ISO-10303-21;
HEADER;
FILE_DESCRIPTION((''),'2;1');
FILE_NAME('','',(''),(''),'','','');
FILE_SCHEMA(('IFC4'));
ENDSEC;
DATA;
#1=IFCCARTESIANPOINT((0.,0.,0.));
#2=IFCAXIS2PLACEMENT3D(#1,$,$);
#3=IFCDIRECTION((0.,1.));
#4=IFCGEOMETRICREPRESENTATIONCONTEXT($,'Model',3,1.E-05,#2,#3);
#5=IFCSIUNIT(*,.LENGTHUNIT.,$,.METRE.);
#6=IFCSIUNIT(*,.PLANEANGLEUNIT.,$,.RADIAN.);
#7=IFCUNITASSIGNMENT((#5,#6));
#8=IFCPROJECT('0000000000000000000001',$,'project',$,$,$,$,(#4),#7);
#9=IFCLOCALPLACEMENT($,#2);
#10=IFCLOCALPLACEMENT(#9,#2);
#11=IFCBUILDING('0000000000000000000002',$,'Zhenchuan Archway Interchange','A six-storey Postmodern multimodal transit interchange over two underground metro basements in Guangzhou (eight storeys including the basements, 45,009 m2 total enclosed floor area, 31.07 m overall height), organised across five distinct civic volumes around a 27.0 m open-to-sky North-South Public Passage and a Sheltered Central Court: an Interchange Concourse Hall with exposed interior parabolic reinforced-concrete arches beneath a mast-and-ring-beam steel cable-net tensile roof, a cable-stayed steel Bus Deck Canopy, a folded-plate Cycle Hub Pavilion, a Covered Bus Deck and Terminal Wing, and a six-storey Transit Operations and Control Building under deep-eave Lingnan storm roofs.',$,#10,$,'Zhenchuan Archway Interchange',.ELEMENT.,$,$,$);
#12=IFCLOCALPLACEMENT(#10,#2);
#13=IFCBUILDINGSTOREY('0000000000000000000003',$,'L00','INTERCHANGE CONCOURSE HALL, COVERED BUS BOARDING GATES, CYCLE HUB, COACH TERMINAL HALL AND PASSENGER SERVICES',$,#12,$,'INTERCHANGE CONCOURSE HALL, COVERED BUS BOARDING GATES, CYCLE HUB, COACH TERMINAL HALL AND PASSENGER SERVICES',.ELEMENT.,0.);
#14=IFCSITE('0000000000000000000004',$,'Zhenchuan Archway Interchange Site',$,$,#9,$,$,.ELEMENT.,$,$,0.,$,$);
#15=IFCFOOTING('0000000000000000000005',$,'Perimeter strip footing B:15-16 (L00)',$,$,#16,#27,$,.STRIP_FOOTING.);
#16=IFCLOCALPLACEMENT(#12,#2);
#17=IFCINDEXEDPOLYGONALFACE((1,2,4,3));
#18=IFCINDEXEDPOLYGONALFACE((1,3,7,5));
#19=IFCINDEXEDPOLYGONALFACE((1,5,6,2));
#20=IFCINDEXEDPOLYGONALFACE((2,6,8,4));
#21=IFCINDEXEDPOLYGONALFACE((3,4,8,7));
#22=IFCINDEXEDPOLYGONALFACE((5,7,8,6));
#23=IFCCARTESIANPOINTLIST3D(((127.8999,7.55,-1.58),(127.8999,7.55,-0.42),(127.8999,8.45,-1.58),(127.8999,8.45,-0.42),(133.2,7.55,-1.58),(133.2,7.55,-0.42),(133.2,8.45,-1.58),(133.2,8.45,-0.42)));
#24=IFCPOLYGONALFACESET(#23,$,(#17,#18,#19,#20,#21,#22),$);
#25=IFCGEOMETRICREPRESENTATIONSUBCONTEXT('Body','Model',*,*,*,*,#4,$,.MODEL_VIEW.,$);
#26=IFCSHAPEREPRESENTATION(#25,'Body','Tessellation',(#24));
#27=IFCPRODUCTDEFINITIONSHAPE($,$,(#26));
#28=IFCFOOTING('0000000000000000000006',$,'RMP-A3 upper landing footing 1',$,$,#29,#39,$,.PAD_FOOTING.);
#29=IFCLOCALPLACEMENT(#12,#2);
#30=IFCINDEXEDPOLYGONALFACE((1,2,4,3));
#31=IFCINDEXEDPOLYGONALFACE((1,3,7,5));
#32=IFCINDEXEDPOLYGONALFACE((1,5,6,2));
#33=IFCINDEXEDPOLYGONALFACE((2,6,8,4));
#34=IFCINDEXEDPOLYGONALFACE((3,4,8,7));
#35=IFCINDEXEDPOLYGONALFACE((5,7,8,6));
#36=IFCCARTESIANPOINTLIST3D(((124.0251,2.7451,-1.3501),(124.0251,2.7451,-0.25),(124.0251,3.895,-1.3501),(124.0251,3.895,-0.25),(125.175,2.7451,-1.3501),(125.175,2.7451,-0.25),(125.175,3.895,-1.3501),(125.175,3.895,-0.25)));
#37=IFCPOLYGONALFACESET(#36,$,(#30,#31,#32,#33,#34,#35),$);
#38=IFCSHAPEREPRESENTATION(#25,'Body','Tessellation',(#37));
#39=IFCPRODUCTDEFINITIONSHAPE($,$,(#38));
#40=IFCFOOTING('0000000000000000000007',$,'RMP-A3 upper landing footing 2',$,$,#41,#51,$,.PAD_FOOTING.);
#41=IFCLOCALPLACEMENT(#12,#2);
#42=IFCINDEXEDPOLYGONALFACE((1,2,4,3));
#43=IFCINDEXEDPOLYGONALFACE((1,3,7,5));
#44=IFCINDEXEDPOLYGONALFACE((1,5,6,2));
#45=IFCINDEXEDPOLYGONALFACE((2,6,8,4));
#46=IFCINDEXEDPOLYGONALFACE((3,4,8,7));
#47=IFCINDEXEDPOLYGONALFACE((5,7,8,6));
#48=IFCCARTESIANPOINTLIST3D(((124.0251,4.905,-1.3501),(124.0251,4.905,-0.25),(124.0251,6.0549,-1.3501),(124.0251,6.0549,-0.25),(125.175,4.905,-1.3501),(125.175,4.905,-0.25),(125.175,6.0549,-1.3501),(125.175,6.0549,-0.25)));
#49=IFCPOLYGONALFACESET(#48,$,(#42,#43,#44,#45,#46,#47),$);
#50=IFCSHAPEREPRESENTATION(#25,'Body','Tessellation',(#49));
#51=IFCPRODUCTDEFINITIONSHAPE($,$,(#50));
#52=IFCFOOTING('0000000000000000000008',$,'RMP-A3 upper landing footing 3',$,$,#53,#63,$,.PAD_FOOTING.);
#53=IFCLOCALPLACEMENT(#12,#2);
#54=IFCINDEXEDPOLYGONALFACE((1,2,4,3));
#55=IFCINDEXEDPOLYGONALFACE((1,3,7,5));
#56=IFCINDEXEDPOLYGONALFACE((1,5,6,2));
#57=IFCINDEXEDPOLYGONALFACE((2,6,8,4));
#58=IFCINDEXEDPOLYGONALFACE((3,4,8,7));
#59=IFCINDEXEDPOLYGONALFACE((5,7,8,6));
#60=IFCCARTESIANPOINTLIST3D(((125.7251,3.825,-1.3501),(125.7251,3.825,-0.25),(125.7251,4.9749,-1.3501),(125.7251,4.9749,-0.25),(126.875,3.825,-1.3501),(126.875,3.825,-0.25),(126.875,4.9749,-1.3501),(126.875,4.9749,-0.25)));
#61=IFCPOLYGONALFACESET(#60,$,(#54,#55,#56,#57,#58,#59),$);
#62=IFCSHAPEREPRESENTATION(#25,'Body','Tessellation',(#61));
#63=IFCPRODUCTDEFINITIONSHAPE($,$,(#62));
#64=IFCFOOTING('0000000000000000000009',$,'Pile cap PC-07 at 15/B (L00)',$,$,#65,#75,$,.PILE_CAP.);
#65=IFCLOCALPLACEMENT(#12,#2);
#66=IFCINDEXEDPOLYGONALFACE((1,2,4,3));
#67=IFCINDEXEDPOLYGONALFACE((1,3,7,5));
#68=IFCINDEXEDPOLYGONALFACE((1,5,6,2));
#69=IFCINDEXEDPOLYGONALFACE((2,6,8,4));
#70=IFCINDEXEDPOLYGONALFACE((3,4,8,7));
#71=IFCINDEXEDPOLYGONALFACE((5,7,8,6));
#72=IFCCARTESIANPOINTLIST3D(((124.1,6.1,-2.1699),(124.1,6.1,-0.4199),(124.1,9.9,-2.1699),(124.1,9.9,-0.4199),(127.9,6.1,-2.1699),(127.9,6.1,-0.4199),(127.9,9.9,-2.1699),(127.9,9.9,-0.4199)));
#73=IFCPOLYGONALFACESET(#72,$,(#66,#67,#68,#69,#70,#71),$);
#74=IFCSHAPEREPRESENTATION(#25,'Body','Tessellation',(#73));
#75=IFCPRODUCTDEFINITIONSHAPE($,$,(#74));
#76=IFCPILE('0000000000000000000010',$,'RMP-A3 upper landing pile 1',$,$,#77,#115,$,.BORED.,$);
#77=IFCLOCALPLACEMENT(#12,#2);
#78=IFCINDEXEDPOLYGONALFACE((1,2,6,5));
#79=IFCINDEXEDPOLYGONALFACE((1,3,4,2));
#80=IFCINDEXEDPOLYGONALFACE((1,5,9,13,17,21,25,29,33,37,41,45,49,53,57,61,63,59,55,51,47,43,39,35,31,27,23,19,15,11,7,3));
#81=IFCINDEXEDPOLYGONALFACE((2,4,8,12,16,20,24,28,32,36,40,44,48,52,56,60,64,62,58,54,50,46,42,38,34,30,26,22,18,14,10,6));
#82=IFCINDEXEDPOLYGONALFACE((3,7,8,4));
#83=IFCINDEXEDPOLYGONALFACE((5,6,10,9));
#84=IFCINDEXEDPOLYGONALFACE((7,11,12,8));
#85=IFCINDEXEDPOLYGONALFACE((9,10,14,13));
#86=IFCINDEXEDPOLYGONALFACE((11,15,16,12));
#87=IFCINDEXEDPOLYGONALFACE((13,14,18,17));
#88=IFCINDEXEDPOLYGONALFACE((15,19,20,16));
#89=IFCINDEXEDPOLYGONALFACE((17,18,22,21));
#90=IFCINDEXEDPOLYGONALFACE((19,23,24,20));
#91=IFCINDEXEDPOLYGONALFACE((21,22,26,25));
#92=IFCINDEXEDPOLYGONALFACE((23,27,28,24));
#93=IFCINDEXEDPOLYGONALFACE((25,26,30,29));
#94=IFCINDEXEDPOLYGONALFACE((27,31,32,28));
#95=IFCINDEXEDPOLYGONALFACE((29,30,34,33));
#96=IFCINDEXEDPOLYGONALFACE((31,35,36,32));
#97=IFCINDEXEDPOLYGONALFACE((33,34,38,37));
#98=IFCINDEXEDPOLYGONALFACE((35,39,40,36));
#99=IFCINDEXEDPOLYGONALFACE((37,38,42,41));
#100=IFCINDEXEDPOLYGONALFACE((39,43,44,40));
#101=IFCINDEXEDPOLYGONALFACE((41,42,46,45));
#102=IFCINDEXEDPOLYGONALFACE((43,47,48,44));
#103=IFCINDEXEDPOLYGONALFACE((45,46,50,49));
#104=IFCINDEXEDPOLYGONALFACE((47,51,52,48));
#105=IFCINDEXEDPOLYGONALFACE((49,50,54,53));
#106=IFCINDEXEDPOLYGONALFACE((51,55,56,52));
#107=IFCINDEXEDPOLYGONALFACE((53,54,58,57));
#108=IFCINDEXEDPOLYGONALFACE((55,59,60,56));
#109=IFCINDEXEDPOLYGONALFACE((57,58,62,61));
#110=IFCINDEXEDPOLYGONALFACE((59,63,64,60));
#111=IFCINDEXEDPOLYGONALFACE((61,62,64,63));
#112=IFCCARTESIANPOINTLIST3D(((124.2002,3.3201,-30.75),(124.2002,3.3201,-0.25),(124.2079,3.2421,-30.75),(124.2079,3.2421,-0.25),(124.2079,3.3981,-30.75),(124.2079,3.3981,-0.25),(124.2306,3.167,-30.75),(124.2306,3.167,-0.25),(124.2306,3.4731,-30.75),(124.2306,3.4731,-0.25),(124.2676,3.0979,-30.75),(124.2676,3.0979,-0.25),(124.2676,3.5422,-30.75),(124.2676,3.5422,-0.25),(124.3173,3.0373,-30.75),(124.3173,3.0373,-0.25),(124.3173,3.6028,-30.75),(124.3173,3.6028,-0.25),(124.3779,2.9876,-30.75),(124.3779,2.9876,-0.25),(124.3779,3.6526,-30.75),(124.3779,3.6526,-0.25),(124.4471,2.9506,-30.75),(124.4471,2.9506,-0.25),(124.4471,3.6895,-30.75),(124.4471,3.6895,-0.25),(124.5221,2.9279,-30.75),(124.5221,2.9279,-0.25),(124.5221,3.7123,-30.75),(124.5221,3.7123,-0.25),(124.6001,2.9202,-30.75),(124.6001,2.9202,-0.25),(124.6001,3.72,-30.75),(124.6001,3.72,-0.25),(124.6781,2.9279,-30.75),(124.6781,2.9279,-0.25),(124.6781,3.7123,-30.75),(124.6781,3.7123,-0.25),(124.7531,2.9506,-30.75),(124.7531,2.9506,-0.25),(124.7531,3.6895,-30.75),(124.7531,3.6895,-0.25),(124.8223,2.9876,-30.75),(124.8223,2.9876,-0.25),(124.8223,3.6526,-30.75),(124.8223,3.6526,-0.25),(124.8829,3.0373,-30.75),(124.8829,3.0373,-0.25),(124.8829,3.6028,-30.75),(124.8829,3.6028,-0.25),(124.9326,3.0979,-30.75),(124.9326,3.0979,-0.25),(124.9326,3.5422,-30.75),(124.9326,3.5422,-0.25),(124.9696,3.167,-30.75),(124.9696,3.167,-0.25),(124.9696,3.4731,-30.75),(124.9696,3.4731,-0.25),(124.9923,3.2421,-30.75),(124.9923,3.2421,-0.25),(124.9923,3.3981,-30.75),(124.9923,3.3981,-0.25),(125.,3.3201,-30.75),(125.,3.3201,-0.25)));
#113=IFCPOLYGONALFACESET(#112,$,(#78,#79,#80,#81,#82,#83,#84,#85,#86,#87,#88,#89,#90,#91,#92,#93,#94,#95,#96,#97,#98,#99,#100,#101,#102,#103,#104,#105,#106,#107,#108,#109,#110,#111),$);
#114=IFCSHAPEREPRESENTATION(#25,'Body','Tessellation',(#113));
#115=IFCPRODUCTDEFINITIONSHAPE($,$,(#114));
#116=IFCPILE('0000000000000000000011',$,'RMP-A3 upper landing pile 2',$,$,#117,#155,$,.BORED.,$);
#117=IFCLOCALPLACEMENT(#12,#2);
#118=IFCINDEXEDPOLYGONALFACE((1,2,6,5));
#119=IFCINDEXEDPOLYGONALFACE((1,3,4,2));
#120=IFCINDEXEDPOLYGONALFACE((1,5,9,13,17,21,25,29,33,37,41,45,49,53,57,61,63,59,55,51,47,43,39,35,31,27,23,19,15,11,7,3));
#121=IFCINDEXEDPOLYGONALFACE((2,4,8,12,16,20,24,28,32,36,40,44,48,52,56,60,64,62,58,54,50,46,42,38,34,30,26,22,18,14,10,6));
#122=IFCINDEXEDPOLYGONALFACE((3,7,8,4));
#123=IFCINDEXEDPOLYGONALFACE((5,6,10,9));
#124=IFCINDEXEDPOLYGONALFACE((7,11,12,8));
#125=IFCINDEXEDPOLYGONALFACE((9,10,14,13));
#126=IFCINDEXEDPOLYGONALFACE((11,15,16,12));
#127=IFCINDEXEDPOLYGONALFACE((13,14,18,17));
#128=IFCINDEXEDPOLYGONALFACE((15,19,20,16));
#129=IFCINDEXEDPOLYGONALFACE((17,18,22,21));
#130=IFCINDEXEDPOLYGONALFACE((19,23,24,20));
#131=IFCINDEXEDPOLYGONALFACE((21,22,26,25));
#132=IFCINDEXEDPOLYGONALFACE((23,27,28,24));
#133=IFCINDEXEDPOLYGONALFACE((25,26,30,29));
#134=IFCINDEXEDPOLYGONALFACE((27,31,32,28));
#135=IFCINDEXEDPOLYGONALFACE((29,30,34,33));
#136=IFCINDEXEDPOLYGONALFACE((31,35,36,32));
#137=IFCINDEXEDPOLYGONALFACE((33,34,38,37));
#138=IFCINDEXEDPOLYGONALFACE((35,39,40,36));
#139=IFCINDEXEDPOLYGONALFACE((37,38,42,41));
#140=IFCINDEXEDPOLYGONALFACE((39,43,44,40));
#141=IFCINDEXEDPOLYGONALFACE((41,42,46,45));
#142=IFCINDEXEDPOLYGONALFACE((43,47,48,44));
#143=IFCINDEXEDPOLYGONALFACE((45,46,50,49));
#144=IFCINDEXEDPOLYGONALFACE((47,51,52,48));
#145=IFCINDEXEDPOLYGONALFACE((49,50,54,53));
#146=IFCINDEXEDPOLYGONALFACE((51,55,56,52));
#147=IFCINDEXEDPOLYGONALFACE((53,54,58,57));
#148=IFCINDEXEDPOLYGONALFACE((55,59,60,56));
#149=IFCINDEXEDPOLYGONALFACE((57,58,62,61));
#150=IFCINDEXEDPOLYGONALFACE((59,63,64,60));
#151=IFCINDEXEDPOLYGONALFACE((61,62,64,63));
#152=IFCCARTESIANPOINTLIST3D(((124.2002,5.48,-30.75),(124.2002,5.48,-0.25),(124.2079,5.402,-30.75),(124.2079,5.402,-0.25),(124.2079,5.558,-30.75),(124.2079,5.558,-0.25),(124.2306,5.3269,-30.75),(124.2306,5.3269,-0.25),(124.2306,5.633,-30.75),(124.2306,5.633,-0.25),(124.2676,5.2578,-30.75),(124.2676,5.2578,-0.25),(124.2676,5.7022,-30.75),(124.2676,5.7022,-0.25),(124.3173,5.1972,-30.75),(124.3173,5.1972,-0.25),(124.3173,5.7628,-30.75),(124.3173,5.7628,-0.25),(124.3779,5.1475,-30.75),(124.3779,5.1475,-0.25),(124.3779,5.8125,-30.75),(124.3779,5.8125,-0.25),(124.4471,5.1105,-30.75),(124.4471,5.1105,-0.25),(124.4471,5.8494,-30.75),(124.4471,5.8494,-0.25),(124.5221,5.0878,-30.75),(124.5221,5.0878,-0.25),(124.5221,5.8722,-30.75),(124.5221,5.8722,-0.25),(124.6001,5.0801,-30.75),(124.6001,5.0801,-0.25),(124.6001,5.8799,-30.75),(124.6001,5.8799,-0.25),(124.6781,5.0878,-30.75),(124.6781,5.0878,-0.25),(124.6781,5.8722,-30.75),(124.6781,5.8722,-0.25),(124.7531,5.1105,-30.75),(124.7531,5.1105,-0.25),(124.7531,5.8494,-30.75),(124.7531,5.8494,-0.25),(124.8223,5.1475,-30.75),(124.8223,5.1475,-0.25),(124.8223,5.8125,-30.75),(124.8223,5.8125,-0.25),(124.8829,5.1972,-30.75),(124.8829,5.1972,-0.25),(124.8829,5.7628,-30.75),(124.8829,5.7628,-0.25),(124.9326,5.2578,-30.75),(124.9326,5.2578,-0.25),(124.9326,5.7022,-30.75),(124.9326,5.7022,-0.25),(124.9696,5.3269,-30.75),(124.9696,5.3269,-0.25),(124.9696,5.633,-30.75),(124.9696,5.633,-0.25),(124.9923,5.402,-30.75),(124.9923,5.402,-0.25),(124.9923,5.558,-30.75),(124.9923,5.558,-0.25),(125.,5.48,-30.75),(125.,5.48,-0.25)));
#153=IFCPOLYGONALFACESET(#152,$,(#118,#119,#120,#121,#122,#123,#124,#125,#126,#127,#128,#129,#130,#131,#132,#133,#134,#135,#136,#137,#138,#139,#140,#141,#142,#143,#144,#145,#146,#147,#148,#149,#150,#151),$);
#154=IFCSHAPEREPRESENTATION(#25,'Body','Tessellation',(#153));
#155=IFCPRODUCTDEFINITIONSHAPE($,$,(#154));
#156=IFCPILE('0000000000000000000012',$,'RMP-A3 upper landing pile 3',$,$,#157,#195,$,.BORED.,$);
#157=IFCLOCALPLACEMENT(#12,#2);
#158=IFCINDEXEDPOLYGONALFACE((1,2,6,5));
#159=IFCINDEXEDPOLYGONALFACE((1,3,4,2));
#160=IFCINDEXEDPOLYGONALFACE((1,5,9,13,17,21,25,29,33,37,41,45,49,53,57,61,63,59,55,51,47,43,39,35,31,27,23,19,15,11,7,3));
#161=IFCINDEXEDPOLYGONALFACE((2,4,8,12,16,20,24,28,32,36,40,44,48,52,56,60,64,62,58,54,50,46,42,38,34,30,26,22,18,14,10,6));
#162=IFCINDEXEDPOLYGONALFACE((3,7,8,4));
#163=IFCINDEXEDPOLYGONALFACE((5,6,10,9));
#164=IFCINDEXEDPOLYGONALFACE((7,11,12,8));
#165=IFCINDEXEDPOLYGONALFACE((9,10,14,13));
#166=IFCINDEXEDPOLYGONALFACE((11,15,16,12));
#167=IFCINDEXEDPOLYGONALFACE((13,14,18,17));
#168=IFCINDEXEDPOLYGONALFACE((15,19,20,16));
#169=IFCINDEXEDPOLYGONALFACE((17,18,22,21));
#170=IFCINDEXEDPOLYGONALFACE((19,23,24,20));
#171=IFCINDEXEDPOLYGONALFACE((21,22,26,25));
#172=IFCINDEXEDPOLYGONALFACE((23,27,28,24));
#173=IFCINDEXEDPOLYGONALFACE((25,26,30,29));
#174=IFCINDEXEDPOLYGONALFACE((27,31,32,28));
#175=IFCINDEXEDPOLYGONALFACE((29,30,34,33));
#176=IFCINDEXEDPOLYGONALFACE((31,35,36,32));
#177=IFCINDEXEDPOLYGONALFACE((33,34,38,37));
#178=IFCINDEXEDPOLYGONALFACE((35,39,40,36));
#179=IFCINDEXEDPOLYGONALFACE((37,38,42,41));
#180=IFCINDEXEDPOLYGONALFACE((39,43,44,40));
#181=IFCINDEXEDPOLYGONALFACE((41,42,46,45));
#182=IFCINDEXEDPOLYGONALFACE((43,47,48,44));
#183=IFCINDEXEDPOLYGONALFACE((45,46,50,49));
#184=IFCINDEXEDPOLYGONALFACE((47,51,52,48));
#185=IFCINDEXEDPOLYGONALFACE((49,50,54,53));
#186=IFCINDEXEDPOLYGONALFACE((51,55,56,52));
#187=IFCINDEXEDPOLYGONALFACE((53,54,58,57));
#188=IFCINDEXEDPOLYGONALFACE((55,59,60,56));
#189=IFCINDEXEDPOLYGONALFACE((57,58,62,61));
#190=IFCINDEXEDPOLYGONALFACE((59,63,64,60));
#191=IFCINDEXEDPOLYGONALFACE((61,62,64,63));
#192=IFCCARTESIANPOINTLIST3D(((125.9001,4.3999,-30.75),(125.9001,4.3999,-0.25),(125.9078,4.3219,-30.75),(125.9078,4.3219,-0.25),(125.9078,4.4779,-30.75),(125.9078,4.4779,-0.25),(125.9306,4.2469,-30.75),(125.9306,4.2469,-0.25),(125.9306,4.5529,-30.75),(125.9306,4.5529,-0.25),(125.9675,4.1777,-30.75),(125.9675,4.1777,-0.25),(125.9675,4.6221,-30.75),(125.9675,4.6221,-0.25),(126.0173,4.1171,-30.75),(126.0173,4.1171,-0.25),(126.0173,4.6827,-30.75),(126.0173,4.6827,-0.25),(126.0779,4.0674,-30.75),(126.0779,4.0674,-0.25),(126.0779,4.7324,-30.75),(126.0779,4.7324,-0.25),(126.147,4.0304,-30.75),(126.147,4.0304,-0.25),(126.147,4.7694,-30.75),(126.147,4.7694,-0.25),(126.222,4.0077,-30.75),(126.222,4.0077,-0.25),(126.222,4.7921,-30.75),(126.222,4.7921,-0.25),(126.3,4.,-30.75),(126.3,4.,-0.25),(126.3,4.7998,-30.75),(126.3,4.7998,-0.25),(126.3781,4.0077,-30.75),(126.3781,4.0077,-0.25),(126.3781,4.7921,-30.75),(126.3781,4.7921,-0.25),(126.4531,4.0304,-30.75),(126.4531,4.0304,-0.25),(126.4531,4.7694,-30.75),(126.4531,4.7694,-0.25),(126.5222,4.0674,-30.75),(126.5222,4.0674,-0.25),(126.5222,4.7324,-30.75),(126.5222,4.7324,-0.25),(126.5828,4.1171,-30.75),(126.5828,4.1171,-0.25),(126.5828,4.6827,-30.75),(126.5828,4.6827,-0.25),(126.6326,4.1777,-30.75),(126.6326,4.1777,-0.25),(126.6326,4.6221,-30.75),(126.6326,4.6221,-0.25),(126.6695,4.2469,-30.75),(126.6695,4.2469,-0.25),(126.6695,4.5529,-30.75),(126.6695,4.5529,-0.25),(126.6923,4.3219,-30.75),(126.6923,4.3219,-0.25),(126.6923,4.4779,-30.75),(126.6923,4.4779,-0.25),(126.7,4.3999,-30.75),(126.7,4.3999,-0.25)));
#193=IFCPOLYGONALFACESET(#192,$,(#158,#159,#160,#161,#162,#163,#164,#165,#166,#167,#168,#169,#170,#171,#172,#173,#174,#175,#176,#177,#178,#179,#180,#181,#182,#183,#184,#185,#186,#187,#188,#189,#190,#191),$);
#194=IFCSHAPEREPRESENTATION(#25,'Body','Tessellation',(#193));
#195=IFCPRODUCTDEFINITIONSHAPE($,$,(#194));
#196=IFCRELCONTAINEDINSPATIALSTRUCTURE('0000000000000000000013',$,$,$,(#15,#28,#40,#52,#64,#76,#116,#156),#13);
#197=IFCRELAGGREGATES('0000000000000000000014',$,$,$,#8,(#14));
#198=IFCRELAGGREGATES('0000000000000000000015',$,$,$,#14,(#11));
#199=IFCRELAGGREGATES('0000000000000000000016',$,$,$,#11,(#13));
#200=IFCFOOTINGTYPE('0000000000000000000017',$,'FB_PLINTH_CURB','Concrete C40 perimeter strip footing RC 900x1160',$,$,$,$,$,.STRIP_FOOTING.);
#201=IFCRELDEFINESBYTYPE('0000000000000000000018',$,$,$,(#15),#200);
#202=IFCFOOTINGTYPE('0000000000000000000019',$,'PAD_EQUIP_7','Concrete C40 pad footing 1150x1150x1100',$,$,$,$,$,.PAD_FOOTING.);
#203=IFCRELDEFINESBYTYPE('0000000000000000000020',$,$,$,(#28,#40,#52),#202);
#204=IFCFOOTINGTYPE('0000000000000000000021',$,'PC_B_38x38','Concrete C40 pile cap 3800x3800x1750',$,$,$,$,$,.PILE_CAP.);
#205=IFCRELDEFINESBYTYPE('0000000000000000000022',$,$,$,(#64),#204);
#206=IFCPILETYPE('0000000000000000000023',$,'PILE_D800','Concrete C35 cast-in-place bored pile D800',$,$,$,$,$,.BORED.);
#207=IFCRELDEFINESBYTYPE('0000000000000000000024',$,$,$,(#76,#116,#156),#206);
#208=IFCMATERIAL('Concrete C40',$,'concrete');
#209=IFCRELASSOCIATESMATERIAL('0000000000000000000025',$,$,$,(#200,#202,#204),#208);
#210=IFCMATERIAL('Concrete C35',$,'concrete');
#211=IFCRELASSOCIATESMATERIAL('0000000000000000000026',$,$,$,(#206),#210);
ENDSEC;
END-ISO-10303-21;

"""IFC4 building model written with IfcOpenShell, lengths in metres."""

from ifc_helpers import new_model, si_unit, direction, frame, origin, origin_2d, place, context, subcontext, project, spatial, rectangle, circle, extrude, material, material_profile, profile_set, type_object, element, save


model = new_model("IFC4")

# Units and contexts
model_context = context("Model", 3, precision=1e-05, world=origin(), true_north=direction((0.0, 1.0)))
body_context = subcontext(model_context, "Body", "Model", "MODEL_VIEW")
ifc_project = project(units=[si_unit("LENGTHUNIT", "METRE"), si_unit("PLANEANGLEUNIT", "RADIAN")], contexts=[model_context])

# Site, building, storey
site_placement = place(None, origin())
site = spatial("IfcSite", under=ifc_project, at=site_placement, Name="Zhenchuan Archway Interchange Site", CompositionType="ELEMENT", RefElevation=0.0)
building_placement = place(site_placement, origin())
building = spatial("IfcBuilding", under=site, at=building_placement, Name="Zhenchuan Archway Interchange", Description="A six-storey Postmodern multimodal transit interchange over two underground metro basements in Guangzhou (eight storeys including the basements, 45,009 m2 total enclosed floor area, 31.07 m overall height), organised across five distinct civic volumes around a 27.0 m open-to-sky North-South Public Passage and a Sheltered Central Court: an Interchange Concourse Hall with exposed interior parabolic reinforced-concrete arches beneath a mast-and-ring-beam steel cable-net tensile roof, a cable-stayed steel Bus Deck Canopy, a folded-plate Cycle Hub Pavilion, a Covered Bus Deck and Terminal Wing, and a six-storey Transit Operations and Control Building under deep-eave Lingnan storm roofs.", LongName="Zhenchuan Archway Interchange", CompositionType="ELEMENT")
storey_placement = place(building_placement, origin())
storey = spatial("IfcBuildingStorey", under=building, at=storey_placement, Name="L00", Description="INTERCHANGE CONCOURSE HALL, COVERED BUS BOARDING GATES, CYCLE HUB, COACH TERMINAL HALL AND PASSENGER SERVICES", LongName="INTERCHANGE CONCOURSE HALL, COVERED BUS BOARDING GATES, CYCLE HUB, COACH TERMINAL HALL AND PASSENGER SERVICES", CompositionType="ELEMENT", Elevation=0.0)

# Footings
ifc_material_1 = material(Name="Concrete C40", Category="concrete")
ifc_material_profile_1 = material_profile(ifc_material_1, rectangle(XDim=0.8999, YDim=1.1599, at=origin_2d()), Name="RC 900x1160")
ifc_profile_set_1 = profile_set([ifc_material_profile_1], Name="Concrete C40")
footing_type_1 = type_object("IfcFootingType", Name="FB_PLINTH_CURB", Description="Concrete C40 perimeter strip footing RC 900x1160", PredefinedType="STRIP_FOOTING", material=ifc_profile_set_1)
footing_1_placement = place(storey_placement, frame((127.8999, 8.0, -1.0), z_axis=(1.0, 0.0, 0.0), x_axis=(0.0, 1.0, 0.0)))
element("IfcFooting", 1, at=footing_1_placement, inside=storey, type_object=footing_type_1, Name="Perimeter strip footing B:15-16 (L00)", PredefinedType="STRIP_FOOTING", context=body_context, shape_type="SweptSolid", body=[
    extrude(rectangle(XDim=0.8999, YDim=1.1599, at=origin_2d()), origin(), (0.0, 0.0, 1.0), 5.3),
])
footing_type_2 = type_object("IfcFootingType", Name="PAD_EQUIP_7", Description="Concrete C40 pad footing 1150x1150x1100", PredefinedType="PAD_FOOTING", material=ifc_material_1)
for number, where, z_axis, x_axis, name in (
    (2, (124.6001, 3.3201, -1.3501), (0.0, 0.0, 1.0), (1.0, 0.0, 0.0), "RMP-A3 upper landing footing 1"),
    (3, (124.6001, 5.48, -1.3501), (0.0, 0.0, 1.0), (1.0, 0.0, 0.0), "RMP-A3 upper landing footing 2"),
    (4, (126.3, 4.3999, -1.3501), (0.0, 0.0, 1.0), (1.0, 0.0, 0.0), "RMP-A3 upper landing footing 3"),
):
    element("IfcFooting", number, at=place(storey_placement, frame(where, z_axis=z_axis, x_axis=x_axis)), inside=storey, type_object=footing_type_2, Name=name, PredefinedType="PAD_FOOTING", context=body_context, shape_type="SweptSolid", body=[
        extrude(rectangle(XDim=1.1499, YDim=1.1499, at=origin_2d()), origin(), (0.0, 0.0, 1.0), 1.1001),
    ])
footing_type_3 = type_object("IfcFootingType", Name="PC_B_38x38", Description="Concrete C40 pile cap 3800x3800x1750", PredefinedType="PILE_CAP", material=ifc_material_1)
footing_2_placement = place(storey_placement, frame((126.0, 8.0, -2.1699), z_axis=(0.0, 0.0, 1.0), x_axis=(1.0, 0.0, 0.0)))
element("IfcFooting", 5, at=footing_2_placement, inside=storey, type_object=footing_type_3, Name="Pile cap PC-07 at 15/B (L00)", PredefinedType="PILE_CAP", context=body_context, shape_type="SweptSolid", body=[
    extrude(rectangle(XDim=3.8, YDim=3.8, at=origin_2d()), origin(), (0.0, 0.0, 1.0), 1.75),
])

# Piles
ifc_material_2 = material(Name="Concrete C35", Category="concrete")
ifc_material_profile_2 = material_profile(ifc_material_2, circle(Radius=0.3999, at=origin_2d()), Name="BORED PILE 800")
ifc_profile_set_2 = profile_set([ifc_material_profile_2], Name="Concrete C35")
pile_type_1 = type_object("IfcPileType", Name="PILE_D800", Description="Concrete C35 cast-in-place bored pile D800", PredefinedType="BORED", material=ifc_profile_set_2)
for number, where, z_axis, x_axis, name in (
    (6, (124.6001, 3.3201, -0.25), (0.0, 0.0, -1.0), (1.0, 0.0, 0.0), "RMP-A3 upper landing pile 1"),
    (7, (124.6001, 5.48, -0.25), (0.0, 0.0, -1.0), (1.0, 0.0, 0.0), "RMP-A3 upper landing pile 2"),
    (8, (126.3, 4.3999, -0.25), (0.0, 0.0, -1.0), (1.0, 0.0, 0.0), "RMP-A3 upper landing pile 3"),
):
    element("IfcPile", number, at=place(storey_placement, frame(where, z_axis=z_axis, x_axis=x_axis)), inside=storey, type_object=pile_type_1, Name=name, PredefinedType="BORED", context=body_context, shape_type="SweptSolid", body=[
        extrude(circle(Radius=0.3999, at=origin_2d()), origin(), (0.0, 0.0, 1.0), 30.5),
    ])

save(model, "model.ifc")
